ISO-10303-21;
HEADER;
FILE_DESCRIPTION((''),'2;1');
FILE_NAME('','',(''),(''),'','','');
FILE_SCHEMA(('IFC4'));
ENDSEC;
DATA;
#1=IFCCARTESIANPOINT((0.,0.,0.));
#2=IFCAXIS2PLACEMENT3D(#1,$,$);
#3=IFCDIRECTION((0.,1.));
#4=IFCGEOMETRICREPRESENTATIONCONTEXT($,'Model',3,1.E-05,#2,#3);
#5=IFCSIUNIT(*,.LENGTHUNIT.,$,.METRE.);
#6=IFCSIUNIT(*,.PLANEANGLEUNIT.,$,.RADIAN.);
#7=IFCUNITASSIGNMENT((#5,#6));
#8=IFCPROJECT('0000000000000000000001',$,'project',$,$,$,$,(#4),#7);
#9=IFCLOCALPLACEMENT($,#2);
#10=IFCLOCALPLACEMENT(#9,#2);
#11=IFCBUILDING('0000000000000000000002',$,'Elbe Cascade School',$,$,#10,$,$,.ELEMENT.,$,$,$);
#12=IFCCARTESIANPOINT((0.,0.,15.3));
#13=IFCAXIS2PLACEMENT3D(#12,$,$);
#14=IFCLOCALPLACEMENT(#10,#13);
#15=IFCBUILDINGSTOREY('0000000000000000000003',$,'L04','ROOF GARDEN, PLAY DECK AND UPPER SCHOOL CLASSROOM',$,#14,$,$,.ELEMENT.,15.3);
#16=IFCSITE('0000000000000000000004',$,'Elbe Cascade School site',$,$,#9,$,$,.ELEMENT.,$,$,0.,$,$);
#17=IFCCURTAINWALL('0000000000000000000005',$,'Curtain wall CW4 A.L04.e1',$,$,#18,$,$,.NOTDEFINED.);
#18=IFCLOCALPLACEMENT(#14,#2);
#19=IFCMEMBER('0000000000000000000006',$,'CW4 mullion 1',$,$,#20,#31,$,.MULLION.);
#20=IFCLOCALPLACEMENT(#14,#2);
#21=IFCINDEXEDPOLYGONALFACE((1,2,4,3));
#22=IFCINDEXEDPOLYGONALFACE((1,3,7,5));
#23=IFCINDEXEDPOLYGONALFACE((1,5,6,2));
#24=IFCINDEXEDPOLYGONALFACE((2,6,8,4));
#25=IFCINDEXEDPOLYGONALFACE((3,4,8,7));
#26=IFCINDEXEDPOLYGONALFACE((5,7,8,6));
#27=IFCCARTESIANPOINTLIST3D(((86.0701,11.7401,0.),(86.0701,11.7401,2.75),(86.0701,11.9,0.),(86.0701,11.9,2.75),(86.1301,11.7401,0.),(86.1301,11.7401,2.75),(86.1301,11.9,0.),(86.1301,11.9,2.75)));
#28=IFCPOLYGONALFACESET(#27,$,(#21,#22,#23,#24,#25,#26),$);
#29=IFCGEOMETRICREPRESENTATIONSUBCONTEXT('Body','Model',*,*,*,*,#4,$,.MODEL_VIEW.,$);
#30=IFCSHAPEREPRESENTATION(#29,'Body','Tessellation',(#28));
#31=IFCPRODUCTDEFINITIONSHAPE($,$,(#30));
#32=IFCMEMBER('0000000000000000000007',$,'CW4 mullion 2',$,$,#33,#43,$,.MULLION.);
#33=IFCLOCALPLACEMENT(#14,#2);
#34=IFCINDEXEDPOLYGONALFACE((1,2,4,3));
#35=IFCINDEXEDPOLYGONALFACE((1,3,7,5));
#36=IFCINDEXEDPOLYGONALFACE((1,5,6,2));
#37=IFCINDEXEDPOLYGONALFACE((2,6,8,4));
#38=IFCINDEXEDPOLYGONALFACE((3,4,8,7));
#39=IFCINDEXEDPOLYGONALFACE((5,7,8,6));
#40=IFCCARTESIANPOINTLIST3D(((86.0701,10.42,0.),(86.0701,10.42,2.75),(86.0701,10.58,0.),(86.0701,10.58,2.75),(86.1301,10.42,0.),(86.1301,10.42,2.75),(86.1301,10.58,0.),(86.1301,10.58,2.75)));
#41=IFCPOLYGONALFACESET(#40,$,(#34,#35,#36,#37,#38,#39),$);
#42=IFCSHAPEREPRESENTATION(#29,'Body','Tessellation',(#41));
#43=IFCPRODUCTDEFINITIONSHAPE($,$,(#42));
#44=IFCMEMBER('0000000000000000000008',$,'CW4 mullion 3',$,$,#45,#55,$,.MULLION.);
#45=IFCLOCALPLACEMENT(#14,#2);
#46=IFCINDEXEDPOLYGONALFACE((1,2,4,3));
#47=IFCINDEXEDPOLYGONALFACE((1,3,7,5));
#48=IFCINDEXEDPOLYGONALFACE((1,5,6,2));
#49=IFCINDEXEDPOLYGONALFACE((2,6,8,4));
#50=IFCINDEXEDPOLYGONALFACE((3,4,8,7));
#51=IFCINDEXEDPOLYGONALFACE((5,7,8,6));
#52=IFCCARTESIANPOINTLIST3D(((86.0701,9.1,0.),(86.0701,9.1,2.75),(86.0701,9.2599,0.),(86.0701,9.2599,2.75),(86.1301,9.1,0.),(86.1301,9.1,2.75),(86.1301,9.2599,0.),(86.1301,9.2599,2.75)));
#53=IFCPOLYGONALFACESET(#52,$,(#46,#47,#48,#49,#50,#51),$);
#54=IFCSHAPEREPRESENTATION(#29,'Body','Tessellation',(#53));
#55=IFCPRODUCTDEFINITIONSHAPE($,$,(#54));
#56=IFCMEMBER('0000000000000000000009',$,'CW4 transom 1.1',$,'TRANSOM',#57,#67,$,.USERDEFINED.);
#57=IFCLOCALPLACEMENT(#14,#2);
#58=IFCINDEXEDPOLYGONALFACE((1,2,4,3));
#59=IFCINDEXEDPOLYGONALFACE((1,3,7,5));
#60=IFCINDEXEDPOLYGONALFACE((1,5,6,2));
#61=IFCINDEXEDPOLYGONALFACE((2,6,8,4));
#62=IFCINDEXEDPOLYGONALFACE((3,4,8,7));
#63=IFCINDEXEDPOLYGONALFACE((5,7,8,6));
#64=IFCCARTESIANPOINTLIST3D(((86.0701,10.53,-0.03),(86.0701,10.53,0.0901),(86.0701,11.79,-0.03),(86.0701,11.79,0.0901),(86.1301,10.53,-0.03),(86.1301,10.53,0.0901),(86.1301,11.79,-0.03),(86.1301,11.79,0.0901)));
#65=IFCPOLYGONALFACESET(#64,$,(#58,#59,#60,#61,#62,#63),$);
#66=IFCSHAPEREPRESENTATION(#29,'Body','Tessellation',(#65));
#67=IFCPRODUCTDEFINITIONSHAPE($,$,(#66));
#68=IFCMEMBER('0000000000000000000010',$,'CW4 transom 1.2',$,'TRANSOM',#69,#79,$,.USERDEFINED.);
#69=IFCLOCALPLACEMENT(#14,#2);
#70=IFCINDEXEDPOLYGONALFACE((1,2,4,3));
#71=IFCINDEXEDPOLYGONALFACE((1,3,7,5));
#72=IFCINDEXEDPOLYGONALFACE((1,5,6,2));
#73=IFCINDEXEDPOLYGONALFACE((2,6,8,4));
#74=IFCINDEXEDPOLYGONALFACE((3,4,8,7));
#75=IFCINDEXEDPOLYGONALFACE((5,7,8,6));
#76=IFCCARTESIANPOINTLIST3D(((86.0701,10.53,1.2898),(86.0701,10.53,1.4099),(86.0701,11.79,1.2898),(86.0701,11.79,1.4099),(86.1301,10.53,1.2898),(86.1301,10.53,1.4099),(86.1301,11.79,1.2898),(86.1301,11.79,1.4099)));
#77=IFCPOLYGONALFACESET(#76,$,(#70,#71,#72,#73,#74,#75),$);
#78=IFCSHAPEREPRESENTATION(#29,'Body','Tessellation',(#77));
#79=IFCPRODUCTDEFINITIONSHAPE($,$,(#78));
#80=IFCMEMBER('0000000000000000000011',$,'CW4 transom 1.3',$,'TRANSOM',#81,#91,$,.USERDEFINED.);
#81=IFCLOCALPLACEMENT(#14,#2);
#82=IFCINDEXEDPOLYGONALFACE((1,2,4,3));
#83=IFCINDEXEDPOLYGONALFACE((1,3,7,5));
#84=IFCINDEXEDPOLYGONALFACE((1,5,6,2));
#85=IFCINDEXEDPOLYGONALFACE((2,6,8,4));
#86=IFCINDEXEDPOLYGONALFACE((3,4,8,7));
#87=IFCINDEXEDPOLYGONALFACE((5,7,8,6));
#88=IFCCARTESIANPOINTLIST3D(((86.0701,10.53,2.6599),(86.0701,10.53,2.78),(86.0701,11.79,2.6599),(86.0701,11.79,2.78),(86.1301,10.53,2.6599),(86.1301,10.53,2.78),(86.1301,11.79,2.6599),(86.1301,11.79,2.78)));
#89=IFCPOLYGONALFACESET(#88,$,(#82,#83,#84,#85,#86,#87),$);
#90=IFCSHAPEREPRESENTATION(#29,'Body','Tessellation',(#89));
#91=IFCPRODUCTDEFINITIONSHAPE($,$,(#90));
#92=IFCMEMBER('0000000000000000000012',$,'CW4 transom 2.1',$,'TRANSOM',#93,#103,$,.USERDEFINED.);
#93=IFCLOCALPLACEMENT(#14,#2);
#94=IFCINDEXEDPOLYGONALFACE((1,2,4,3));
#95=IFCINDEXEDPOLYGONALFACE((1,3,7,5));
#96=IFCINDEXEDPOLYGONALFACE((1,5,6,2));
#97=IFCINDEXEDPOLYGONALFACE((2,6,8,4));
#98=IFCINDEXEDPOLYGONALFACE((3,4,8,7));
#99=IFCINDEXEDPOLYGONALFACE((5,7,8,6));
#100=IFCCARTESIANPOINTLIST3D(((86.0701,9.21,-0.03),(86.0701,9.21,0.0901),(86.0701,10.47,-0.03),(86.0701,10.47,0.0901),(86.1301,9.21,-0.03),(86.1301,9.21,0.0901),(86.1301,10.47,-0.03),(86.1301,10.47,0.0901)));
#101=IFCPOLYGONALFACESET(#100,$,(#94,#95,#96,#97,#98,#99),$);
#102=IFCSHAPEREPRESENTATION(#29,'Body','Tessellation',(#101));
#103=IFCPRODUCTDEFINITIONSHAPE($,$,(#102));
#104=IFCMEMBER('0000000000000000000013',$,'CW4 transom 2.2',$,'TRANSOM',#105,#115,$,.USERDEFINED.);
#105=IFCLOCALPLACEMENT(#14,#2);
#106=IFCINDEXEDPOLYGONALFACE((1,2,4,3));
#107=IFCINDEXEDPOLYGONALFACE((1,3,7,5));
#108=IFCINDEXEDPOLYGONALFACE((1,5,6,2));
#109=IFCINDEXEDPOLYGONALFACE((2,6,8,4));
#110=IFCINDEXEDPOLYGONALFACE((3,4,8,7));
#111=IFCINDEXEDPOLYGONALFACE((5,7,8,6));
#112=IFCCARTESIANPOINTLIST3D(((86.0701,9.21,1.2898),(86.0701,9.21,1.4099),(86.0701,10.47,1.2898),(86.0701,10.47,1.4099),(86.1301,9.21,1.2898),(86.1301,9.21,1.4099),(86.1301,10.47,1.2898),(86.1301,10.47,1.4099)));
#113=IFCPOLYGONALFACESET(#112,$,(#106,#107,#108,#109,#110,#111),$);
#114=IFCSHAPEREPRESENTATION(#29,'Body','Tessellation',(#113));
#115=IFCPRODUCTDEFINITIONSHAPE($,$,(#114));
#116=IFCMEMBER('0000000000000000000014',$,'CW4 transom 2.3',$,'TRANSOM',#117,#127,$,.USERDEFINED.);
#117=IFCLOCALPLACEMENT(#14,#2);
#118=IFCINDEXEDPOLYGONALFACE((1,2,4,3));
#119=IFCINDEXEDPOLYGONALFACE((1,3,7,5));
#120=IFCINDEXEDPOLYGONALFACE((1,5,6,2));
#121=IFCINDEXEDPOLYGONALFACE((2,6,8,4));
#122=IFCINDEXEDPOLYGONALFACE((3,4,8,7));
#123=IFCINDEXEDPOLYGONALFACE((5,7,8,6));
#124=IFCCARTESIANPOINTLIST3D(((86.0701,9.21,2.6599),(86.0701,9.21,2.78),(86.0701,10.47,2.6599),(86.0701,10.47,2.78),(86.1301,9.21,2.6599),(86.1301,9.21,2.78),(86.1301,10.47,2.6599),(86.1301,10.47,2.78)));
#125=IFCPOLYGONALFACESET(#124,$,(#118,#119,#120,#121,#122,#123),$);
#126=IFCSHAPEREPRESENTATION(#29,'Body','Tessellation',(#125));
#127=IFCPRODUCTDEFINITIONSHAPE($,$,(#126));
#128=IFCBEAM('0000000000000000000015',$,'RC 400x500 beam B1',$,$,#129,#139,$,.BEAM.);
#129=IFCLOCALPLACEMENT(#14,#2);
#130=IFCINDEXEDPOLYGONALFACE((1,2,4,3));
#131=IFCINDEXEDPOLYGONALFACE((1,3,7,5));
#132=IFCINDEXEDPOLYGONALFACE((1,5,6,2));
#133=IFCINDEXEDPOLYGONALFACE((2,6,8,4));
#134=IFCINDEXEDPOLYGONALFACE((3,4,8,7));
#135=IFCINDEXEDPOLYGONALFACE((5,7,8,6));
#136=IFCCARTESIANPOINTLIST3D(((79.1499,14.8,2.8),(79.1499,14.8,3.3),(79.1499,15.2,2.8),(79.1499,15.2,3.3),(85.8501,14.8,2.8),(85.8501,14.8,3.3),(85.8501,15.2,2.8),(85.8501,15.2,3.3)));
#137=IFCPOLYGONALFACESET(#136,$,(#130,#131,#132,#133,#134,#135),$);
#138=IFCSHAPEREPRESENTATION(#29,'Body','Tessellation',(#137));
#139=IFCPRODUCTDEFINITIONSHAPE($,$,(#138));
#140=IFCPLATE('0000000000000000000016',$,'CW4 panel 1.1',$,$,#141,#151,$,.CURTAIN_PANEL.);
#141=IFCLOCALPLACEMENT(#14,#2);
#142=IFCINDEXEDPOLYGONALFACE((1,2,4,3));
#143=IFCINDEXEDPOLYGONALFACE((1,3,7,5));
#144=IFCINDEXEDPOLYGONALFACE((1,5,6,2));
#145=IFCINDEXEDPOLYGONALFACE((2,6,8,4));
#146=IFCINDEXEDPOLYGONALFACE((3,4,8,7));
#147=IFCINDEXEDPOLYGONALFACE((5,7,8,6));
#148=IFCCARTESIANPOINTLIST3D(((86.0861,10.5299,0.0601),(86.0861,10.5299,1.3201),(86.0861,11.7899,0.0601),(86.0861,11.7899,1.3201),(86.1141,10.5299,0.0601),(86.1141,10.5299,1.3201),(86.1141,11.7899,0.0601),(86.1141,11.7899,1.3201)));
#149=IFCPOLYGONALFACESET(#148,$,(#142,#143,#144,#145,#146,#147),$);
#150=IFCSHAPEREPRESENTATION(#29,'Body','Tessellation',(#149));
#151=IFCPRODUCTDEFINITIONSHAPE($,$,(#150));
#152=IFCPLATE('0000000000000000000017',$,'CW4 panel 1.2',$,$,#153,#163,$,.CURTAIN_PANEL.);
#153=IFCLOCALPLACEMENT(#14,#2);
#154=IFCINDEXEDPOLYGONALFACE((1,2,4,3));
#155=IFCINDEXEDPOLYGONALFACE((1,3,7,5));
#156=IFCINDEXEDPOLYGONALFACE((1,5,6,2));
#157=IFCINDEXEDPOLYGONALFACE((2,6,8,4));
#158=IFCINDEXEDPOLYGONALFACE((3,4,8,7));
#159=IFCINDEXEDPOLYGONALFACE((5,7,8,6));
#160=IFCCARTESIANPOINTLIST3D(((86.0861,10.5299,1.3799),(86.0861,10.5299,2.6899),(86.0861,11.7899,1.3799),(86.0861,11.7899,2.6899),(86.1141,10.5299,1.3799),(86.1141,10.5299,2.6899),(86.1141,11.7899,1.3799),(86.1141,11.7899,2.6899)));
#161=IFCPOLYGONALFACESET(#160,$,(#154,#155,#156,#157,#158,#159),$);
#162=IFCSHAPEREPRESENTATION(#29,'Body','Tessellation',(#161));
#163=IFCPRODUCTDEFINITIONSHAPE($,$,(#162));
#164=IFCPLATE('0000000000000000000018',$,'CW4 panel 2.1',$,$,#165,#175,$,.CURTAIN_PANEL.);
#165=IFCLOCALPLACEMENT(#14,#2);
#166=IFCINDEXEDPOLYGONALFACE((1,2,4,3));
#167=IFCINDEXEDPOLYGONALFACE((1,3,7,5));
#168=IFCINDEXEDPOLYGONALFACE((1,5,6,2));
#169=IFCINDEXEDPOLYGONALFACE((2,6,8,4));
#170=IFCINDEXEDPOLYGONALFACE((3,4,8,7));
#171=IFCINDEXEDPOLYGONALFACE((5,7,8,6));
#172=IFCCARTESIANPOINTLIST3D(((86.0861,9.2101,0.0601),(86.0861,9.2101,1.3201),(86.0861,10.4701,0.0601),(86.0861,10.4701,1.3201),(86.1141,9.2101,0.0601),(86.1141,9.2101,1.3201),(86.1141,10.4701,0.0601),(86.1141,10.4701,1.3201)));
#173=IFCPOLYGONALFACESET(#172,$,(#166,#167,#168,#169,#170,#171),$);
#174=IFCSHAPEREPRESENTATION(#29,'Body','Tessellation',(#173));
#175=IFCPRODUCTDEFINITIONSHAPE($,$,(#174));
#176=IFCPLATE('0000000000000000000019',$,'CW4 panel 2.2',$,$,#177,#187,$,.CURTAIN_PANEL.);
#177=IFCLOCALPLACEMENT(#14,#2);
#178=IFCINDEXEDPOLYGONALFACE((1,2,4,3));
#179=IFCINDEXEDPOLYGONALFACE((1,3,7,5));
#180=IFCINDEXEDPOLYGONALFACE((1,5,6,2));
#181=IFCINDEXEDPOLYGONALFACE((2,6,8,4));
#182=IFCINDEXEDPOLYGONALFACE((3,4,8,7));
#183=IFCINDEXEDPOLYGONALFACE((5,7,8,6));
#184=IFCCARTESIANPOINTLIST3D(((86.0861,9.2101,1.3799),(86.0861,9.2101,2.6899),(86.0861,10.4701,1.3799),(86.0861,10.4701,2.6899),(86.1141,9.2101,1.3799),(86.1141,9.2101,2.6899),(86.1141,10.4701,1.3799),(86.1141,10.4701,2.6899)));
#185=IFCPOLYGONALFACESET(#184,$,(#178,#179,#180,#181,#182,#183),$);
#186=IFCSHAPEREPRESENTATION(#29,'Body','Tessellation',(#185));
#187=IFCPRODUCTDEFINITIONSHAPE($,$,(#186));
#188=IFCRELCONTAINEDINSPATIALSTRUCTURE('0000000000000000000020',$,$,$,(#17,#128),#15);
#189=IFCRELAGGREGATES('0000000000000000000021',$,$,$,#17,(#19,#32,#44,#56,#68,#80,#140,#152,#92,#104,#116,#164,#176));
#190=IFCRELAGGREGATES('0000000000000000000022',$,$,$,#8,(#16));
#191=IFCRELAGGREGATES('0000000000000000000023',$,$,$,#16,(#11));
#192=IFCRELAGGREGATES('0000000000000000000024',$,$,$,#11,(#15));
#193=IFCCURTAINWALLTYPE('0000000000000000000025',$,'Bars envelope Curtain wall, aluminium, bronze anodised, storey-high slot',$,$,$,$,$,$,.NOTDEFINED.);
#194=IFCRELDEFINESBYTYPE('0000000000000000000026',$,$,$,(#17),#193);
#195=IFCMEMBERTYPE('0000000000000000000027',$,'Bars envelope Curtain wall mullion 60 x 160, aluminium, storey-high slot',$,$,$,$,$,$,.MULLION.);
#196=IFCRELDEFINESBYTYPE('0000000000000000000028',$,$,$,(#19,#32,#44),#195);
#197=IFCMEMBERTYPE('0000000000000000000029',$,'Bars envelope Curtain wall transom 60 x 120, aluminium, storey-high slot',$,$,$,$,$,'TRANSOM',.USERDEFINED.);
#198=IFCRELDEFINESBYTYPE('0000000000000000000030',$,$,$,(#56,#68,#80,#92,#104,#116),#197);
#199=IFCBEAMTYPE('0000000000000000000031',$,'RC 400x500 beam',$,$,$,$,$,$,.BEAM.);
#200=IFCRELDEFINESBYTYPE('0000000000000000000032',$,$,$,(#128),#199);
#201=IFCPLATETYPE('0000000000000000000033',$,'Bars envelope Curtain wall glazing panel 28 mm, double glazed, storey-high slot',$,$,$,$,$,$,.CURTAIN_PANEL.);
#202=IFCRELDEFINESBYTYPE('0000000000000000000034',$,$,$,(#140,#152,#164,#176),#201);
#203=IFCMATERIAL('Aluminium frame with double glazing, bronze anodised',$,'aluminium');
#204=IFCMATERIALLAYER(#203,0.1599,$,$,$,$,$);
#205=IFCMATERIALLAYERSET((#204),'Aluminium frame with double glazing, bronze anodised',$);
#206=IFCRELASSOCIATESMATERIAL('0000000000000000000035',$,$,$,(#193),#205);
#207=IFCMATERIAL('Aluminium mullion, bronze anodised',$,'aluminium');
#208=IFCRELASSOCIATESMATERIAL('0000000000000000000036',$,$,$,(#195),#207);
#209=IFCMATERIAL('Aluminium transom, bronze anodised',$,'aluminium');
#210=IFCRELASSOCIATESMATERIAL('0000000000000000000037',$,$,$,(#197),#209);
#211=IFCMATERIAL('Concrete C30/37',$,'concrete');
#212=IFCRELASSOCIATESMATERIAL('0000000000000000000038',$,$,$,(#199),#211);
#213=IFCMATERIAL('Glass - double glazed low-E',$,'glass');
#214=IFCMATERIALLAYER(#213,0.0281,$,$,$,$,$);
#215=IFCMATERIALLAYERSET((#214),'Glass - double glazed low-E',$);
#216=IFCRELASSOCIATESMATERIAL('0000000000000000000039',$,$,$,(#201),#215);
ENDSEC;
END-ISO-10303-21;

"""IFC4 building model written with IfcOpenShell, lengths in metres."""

from ifc_helpers import new_model, si_unit, direction, frame, origin, origin_2d, place, context, subcontext, project, spatial, rectangle, extrude, material, layer, layer_set, material_profile, profile_set, type_object, element, aggregate, save


model = new_model("IFC4")

# Units and contexts
model_context = context("Model", 3, precision=1e-05, world=origin(), true_north=direction((0.0, 1.0)))
body_context = subcontext(model_context, "Body", "Model", "MODEL_VIEW")
ifc_project = project(units=[si_unit("LENGTHUNIT", "METRE"), si_unit("PLANEANGLEUNIT", "RADIAN")], contexts=[model_context])

# Site, building, storey
site_placement = place(None, origin())
site = spatial("IfcSite", under=ifc_project, at=site_placement, Name="Elbe Cascade School site", CompositionType="ELEMENT", RefElevation=0.0)
building_placement = place(site_placement, origin())
building = spatial("IfcBuilding", under=site, at=building_placement, Name="Elbe Cascade School", CompositionType="ELEMENT")
storey_placement = place(building_placement, frame((0.0, 0.0, 15.3)))
storey = spatial("IfcBuildingStorey", under=building, at=storey_placement, Name="L04", Description="ROOF GARDEN, PLAY DECK AND UPPER SCHOOL CLASSROOM", CompositionType="ELEMENT", Elevation=15.3)

# Curtain wall, members
ifc_material_1 = material(Name="Aluminium frame with double glazing, bronze anodised", Category="aluminium")
ifc_layer_1 = layer(ifc_material_1, 0.1599)
ifc_layer_set_1 = layer_set([ifc_layer_1], Name="Aluminium frame with double glazing, bronze anodised")
curtain_wall_type = type_object("IfcCurtainWallType", Name="Bars envelope Curtain wall, aluminium, bronze anodised, storey-high slot", PredefinedType="NOTDEFINED", material=ifc_layer_set_1)
curtain_wall_placement = place(storey_placement, origin())
curtain_wall = element("IfcCurtainWall", 1, at=curtain_wall_placement, inside=storey, type_object=curtain_wall_type, Name="Curtain wall CW4 A.L04.e1", PredefinedType="NOTDEFINED")
ifc_material_2 = material(Name="Aluminium mullion, bronze anodised", Category="aluminium")
ifc_material_profile_1 = material_profile(ifc_material_2, rectangle(XDim=0.0601, YDim=0.1599, at=origin_2d()), Name="Bars envelope Curtain wall mullion 60 x 160, aluminium, storey-high slot")
ifc_profile_set_1 = profile_set([ifc_material_profile_1], Name="Aluminium mullion, bronze anodised")
member_type_1 = type_object("IfcMemberType", Name="Bars envelope Curtain wall mullion 60 x 160, aluminium, storey-high slot", PredefinedType="MULLION", material=ifc_profile_set_1)
member_1_placement = place(storey_placement, frame((86.1001, 11.8201, 0.0), z_axis=(0.0, 0.0, 1.0), x_axis=(1.0, 0.0, 0.0)))
member_1 = element("IfcMember", 2, at=member_1_placement, type_object=member_type_1, Name="CW4 mullion 1", PredefinedType="MULLION", context=body_context, shape_type="SweptSolid", body=[
    extrude(rectangle(XDim=0.0601, YDim=0.1599, at=origin_2d()), origin(), (0.0, 0.0, 1.0), 2.75),
])
member_2_placement = place(storey_placement, frame((86.1001, 10.5, 0.0), z_axis=(0.0, 0.0, 1.0), x_axis=(1.0, 0.0, 0.0)))
member_2 = element("IfcMember", 3, at=member_2_placement, type_object=member_type_1, Name="CW4 mullion 2", PredefinedType="MULLION", context=body_context, shape_type="SweptSolid", body=[
    extrude(rectangle(XDim=0.0601, YDim=0.1599, at=origin_2d()), origin(), (0.0, 0.0, 1.0), 2.75),
])
member_3_placement = place(storey_placement, frame((86.1001, 9.1799, 0.0), z_axis=(0.0, 0.0, 1.0), x_axis=(1.0, 0.0, 0.0)))
member_3 = element("IfcMember", 4, at=member_3_placement, type_object=member_type_1, Name="CW4 mullion 3", PredefinedType="MULLION", context=body_context, shape_type="SweptSolid", body=[
    extrude(rectangle(XDim=0.0601, YDim=0.1599, at=origin_2d()), origin(), (0.0, 0.0, 1.0), 2.75),
])
ifc_material_3 = material(Name="Aluminium transom, bronze anodised", Category="aluminium")
ifc_material_profile_2 = material_profile(ifc_material_3, rectangle(XDim=0.0601, YDim=0.1201, at=origin_2d()), Name="Bars envelope Curtain wall transom 60 x 120, aluminium, storey-high slot")
ifc_profile_set_2 = profile_set([ifc_material_profile_2], Name="Aluminium transom, bronze anodised")
member_type_2 = type_object("IfcMemberType", Name="Bars envelope Curtain wall transom 60 x 120, aluminium, storey-high slot", ElementType="TRANSOM", PredefinedType="USERDEFINED", material=ifc_profile_set_2)
member_4_placement = place(storey_placement, frame((86.1001, 11.79, 0.03), z_axis=(0.0, -1.0, 0.0), x_axis=(1.0, 0.0, 0.0)))
member_4 = element("IfcMember", 5, at=member_4_placement, type_object=member_type_2, Name="CW4 transom 1.1", ObjectType="TRANSOM", PredefinedType="USERDEFINED", context=body_context, shape_type="SweptSolid", body=[
    extrude(rectangle(XDim=0.0601, YDim=0.1201, at=origin_2d()), origin(), (0.0, 0.0, 1.0), 1.26),
])
member_5_placement = place(storey_placement, frame((86.1001, 11.79, 1.3499), z_axis=(0.0, -1.0, 0.0), x_axis=(1.0, 0.0, 0.0)))
member_5 = element("IfcMember", 6, at=member_5_placement, type_object=member_type_2, Name="CW4 transom 1.2", ObjectType="TRANSOM", PredefinedType="USERDEFINED", context=body_context, shape_type="SweptSolid", body=[
    extrude(rectangle(XDim=0.0601, YDim=0.1201, at=origin_2d()), origin(), (0.0, 0.0, 1.0), 1.26),
])
member_6_placement = place(storey_placement, frame((86.1001, 11.79, 2.72), z_axis=(0.0, -1.0, 0.0), x_axis=(1.0, 0.0, 0.0)))
member_6 = element("IfcMember", 7, at=member_6_placement, type_object=member_type_2, Name="CW4 transom 1.3", ObjectType="TRANSOM", PredefinedType="USERDEFINED", context=body_context, shape_type="SweptSolid", body=[
    extrude(rectangle(XDim=0.0601, YDim=0.1201, at=origin_2d()), origin(), (0.0, 0.0, 1.0), 1.26),
])
member_7_placement = place(storey_placement, frame((86.1001, 10.47, 0.03), z_axis=(0.0, -1.0, 0.0), x_axis=(1.0, 0.0, 0.0)))
member_7 = element("IfcMember", 8, at=member_7_placement, type_object=member_type_2, Name="CW4 transom 2.1", ObjectType="TRANSOM", PredefinedType="USERDEFINED", context=body_context, shape_type="SweptSolid", body=[
    extrude(rectangle(XDim=0.0601, YDim=0.1201, at=origin_2d()), origin(), (0.0, 0.0, 1.0), 1.26),
])
member_8_placement = place(storey_placement, frame((86.1001, 10.47, 1.3499), z_axis=(0.0, -1.0, 0.0), x_axis=(1.0, 0.0, 0.0)))
member_8 = element("IfcMember", 9, at=member_8_placement, type_object=member_type_2, Name="CW4 transom 2.2", ObjectType="TRANSOM", PredefinedType="USERDEFINED", context=body_context, shape_type="SweptSolid", body=[
    extrude(rectangle(XDim=0.0601, YDim=0.1201, at=origin_2d()), origin(), (0.0, 0.0, 1.0), 1.26),
])
member_9_placement = place(storey_placement, frame((86.1001, 10.47, 2.72), z_axis=(0.0, -1.0, 0.0), x_axis=(1.0, 0.0, 0.0)))
member_9 = element("IfcMember", 10, at=member_9_placement, type_object=member_type_2, Name="CW4 transom 2.3", ObjectType="TRANSOM", PredefinedType="USERDEFINED", context=body_context, shape_type="SweptSolid", body=[
    extrude(rectangle(XDim=0.0601, YDim=0.1201, at=origin_2d()), origin(), (0.0, 0.0, 1.0), 1.26),
])

# Beam
ifc_material_4 = material(Name="Concrete C30/37", Category="concrete")
ifc_material_profile_3 = material_profile(ifc_material_4, rectangle(XDim=0.3999, YDim=0.5, at=origin_2d()), Name="RC 400x500")
ifc_profile_set_3 = profile_set([ifc_material_profile_3], Name="Concrete C30/37")
beam_type = type_object("IfcBeamType", Name="RC 400x500 beam", PredefinedType="BEAM", material=ifc_profile_set_3)
beam_placement = place(storey_placement, frame((79.1499, 15.0, 3.05), z_axis=(1.0, 0.0, 0.0), x_axis=(0.0, 1.0, 0.0)))
element("IfcBeam", 11, at=beam_placement, inside=storey, type_object=beam_type, Name="RC 400x500 beam B1", PredefinedType="BEAM", context=body_context, shape_type="SweptSolid", body=[
    extrude(rectangle(XDim=0.3999, YDim=0.5, at=origin_2d()), origin(), (0.0, 0.0, 1.0), 6.7002),
])

# Plates
ifc_material_5 = material(Name="Glass - double glazed low-E", Category="glass")
ifc_layer_2 = layer(ifc_material_5, 0.0281)
ifc_layer_set_2 = layer_set([ifc_layer_2], Name="Glass - double glazed low-E")
plate_type = type_object("IfcPlateType", Name="Bars envelope Curtain wall glazing panel 28 mm, double glazed, storey-high slot", PredefinedType="CURTAIN_PANEL", material=ifc_layer_set_2)
plate_1_placement = place(storey_placement, frame((86.1001, 11.1599, 0.0601), z_axis=(0.0, 0.0, 1.0), x_axis=(0.0, -1.0, 0.0)))
plate_1 = element("IfcPlate", 12, at=plate_1_placement, type_object=plate_type, Name="CW4 panel 1.1", PredefinedType="CURTAIN_PANEL", context=body_context, shape_type="SweptSolid", body=[
    extrude(rectangle(XDim=1.26, YDim=0.0281, at=origin_2d()), origin(), (0.0, 0.0, 1.0), 1.26),
])
plate_2_placement = place(storey_placement, frame((86.1001, 11.1599, 1.3799), z_axis=(0.0, 0.0, 1.0), x_axis=(0.0, -1.0, 0.0)))
plate_2 = element("IfcPlate", 13, at=plate_2_placement, type_object=plate_type, Name="CW4 panel 1.2", PredefinedType="CURTAIN_PANEL", context=body_context, shape_type="SweptSolid", body=[
    extrude(rectangle(XDim=1.26, YDim=0.0281, at=origin_2d()), origin(), (0.0, 0.0, 1.0), 1.3101),
])
plate_3_placement = place(storey_placement, frame((86.1001, 9.8401, 0.0601), z_axis=(0.0, 0.0, 1.0), x_axis=(0.0, -1.0, 0.0)))
plate_3 = element("IfcPlate", 14, at=plate_3_placement, type_object=plate_type, Name="CW4 panel 2.1", PredefinedType="CURTAIN_PANEL", context=body_context, shape_type="SweptSolid", body=[
    extrude(rectangle(XDim=1.26, YDim=0.0281, at=origin_2d()), origin(), (0.0, 0.0, 1.0), 1.26),
])
plate_4_placement = place(storey_placement, frame((86.1001, 9.8401, 1.3799), z_axis=(0.0, 0.0, 1.0), x_axis=(0.0, -1.0, 0.0)))
plate_4 = element("IfcPlate", 15, at=plate_4_placement, type_object=plate_type, Name="CW4 panel 2.2", PredefinedType="CURTAIN_PANEL", context=body_context, shape_type="SweptSolid", body=[
    extrude(rectangle(XDim=1.26, YDim=0.0281, at=origin_2d()), origin(), (0.0, 0.0, 1.0), 1.3101),
])
aggregate(curtain_wall, [member_1, member_2, member_3, member_4, member_5, member_6, plate_1, plate_2, member_7, member_8, member_9, plate_3, plate_4])

save(model, "model.ifc")
